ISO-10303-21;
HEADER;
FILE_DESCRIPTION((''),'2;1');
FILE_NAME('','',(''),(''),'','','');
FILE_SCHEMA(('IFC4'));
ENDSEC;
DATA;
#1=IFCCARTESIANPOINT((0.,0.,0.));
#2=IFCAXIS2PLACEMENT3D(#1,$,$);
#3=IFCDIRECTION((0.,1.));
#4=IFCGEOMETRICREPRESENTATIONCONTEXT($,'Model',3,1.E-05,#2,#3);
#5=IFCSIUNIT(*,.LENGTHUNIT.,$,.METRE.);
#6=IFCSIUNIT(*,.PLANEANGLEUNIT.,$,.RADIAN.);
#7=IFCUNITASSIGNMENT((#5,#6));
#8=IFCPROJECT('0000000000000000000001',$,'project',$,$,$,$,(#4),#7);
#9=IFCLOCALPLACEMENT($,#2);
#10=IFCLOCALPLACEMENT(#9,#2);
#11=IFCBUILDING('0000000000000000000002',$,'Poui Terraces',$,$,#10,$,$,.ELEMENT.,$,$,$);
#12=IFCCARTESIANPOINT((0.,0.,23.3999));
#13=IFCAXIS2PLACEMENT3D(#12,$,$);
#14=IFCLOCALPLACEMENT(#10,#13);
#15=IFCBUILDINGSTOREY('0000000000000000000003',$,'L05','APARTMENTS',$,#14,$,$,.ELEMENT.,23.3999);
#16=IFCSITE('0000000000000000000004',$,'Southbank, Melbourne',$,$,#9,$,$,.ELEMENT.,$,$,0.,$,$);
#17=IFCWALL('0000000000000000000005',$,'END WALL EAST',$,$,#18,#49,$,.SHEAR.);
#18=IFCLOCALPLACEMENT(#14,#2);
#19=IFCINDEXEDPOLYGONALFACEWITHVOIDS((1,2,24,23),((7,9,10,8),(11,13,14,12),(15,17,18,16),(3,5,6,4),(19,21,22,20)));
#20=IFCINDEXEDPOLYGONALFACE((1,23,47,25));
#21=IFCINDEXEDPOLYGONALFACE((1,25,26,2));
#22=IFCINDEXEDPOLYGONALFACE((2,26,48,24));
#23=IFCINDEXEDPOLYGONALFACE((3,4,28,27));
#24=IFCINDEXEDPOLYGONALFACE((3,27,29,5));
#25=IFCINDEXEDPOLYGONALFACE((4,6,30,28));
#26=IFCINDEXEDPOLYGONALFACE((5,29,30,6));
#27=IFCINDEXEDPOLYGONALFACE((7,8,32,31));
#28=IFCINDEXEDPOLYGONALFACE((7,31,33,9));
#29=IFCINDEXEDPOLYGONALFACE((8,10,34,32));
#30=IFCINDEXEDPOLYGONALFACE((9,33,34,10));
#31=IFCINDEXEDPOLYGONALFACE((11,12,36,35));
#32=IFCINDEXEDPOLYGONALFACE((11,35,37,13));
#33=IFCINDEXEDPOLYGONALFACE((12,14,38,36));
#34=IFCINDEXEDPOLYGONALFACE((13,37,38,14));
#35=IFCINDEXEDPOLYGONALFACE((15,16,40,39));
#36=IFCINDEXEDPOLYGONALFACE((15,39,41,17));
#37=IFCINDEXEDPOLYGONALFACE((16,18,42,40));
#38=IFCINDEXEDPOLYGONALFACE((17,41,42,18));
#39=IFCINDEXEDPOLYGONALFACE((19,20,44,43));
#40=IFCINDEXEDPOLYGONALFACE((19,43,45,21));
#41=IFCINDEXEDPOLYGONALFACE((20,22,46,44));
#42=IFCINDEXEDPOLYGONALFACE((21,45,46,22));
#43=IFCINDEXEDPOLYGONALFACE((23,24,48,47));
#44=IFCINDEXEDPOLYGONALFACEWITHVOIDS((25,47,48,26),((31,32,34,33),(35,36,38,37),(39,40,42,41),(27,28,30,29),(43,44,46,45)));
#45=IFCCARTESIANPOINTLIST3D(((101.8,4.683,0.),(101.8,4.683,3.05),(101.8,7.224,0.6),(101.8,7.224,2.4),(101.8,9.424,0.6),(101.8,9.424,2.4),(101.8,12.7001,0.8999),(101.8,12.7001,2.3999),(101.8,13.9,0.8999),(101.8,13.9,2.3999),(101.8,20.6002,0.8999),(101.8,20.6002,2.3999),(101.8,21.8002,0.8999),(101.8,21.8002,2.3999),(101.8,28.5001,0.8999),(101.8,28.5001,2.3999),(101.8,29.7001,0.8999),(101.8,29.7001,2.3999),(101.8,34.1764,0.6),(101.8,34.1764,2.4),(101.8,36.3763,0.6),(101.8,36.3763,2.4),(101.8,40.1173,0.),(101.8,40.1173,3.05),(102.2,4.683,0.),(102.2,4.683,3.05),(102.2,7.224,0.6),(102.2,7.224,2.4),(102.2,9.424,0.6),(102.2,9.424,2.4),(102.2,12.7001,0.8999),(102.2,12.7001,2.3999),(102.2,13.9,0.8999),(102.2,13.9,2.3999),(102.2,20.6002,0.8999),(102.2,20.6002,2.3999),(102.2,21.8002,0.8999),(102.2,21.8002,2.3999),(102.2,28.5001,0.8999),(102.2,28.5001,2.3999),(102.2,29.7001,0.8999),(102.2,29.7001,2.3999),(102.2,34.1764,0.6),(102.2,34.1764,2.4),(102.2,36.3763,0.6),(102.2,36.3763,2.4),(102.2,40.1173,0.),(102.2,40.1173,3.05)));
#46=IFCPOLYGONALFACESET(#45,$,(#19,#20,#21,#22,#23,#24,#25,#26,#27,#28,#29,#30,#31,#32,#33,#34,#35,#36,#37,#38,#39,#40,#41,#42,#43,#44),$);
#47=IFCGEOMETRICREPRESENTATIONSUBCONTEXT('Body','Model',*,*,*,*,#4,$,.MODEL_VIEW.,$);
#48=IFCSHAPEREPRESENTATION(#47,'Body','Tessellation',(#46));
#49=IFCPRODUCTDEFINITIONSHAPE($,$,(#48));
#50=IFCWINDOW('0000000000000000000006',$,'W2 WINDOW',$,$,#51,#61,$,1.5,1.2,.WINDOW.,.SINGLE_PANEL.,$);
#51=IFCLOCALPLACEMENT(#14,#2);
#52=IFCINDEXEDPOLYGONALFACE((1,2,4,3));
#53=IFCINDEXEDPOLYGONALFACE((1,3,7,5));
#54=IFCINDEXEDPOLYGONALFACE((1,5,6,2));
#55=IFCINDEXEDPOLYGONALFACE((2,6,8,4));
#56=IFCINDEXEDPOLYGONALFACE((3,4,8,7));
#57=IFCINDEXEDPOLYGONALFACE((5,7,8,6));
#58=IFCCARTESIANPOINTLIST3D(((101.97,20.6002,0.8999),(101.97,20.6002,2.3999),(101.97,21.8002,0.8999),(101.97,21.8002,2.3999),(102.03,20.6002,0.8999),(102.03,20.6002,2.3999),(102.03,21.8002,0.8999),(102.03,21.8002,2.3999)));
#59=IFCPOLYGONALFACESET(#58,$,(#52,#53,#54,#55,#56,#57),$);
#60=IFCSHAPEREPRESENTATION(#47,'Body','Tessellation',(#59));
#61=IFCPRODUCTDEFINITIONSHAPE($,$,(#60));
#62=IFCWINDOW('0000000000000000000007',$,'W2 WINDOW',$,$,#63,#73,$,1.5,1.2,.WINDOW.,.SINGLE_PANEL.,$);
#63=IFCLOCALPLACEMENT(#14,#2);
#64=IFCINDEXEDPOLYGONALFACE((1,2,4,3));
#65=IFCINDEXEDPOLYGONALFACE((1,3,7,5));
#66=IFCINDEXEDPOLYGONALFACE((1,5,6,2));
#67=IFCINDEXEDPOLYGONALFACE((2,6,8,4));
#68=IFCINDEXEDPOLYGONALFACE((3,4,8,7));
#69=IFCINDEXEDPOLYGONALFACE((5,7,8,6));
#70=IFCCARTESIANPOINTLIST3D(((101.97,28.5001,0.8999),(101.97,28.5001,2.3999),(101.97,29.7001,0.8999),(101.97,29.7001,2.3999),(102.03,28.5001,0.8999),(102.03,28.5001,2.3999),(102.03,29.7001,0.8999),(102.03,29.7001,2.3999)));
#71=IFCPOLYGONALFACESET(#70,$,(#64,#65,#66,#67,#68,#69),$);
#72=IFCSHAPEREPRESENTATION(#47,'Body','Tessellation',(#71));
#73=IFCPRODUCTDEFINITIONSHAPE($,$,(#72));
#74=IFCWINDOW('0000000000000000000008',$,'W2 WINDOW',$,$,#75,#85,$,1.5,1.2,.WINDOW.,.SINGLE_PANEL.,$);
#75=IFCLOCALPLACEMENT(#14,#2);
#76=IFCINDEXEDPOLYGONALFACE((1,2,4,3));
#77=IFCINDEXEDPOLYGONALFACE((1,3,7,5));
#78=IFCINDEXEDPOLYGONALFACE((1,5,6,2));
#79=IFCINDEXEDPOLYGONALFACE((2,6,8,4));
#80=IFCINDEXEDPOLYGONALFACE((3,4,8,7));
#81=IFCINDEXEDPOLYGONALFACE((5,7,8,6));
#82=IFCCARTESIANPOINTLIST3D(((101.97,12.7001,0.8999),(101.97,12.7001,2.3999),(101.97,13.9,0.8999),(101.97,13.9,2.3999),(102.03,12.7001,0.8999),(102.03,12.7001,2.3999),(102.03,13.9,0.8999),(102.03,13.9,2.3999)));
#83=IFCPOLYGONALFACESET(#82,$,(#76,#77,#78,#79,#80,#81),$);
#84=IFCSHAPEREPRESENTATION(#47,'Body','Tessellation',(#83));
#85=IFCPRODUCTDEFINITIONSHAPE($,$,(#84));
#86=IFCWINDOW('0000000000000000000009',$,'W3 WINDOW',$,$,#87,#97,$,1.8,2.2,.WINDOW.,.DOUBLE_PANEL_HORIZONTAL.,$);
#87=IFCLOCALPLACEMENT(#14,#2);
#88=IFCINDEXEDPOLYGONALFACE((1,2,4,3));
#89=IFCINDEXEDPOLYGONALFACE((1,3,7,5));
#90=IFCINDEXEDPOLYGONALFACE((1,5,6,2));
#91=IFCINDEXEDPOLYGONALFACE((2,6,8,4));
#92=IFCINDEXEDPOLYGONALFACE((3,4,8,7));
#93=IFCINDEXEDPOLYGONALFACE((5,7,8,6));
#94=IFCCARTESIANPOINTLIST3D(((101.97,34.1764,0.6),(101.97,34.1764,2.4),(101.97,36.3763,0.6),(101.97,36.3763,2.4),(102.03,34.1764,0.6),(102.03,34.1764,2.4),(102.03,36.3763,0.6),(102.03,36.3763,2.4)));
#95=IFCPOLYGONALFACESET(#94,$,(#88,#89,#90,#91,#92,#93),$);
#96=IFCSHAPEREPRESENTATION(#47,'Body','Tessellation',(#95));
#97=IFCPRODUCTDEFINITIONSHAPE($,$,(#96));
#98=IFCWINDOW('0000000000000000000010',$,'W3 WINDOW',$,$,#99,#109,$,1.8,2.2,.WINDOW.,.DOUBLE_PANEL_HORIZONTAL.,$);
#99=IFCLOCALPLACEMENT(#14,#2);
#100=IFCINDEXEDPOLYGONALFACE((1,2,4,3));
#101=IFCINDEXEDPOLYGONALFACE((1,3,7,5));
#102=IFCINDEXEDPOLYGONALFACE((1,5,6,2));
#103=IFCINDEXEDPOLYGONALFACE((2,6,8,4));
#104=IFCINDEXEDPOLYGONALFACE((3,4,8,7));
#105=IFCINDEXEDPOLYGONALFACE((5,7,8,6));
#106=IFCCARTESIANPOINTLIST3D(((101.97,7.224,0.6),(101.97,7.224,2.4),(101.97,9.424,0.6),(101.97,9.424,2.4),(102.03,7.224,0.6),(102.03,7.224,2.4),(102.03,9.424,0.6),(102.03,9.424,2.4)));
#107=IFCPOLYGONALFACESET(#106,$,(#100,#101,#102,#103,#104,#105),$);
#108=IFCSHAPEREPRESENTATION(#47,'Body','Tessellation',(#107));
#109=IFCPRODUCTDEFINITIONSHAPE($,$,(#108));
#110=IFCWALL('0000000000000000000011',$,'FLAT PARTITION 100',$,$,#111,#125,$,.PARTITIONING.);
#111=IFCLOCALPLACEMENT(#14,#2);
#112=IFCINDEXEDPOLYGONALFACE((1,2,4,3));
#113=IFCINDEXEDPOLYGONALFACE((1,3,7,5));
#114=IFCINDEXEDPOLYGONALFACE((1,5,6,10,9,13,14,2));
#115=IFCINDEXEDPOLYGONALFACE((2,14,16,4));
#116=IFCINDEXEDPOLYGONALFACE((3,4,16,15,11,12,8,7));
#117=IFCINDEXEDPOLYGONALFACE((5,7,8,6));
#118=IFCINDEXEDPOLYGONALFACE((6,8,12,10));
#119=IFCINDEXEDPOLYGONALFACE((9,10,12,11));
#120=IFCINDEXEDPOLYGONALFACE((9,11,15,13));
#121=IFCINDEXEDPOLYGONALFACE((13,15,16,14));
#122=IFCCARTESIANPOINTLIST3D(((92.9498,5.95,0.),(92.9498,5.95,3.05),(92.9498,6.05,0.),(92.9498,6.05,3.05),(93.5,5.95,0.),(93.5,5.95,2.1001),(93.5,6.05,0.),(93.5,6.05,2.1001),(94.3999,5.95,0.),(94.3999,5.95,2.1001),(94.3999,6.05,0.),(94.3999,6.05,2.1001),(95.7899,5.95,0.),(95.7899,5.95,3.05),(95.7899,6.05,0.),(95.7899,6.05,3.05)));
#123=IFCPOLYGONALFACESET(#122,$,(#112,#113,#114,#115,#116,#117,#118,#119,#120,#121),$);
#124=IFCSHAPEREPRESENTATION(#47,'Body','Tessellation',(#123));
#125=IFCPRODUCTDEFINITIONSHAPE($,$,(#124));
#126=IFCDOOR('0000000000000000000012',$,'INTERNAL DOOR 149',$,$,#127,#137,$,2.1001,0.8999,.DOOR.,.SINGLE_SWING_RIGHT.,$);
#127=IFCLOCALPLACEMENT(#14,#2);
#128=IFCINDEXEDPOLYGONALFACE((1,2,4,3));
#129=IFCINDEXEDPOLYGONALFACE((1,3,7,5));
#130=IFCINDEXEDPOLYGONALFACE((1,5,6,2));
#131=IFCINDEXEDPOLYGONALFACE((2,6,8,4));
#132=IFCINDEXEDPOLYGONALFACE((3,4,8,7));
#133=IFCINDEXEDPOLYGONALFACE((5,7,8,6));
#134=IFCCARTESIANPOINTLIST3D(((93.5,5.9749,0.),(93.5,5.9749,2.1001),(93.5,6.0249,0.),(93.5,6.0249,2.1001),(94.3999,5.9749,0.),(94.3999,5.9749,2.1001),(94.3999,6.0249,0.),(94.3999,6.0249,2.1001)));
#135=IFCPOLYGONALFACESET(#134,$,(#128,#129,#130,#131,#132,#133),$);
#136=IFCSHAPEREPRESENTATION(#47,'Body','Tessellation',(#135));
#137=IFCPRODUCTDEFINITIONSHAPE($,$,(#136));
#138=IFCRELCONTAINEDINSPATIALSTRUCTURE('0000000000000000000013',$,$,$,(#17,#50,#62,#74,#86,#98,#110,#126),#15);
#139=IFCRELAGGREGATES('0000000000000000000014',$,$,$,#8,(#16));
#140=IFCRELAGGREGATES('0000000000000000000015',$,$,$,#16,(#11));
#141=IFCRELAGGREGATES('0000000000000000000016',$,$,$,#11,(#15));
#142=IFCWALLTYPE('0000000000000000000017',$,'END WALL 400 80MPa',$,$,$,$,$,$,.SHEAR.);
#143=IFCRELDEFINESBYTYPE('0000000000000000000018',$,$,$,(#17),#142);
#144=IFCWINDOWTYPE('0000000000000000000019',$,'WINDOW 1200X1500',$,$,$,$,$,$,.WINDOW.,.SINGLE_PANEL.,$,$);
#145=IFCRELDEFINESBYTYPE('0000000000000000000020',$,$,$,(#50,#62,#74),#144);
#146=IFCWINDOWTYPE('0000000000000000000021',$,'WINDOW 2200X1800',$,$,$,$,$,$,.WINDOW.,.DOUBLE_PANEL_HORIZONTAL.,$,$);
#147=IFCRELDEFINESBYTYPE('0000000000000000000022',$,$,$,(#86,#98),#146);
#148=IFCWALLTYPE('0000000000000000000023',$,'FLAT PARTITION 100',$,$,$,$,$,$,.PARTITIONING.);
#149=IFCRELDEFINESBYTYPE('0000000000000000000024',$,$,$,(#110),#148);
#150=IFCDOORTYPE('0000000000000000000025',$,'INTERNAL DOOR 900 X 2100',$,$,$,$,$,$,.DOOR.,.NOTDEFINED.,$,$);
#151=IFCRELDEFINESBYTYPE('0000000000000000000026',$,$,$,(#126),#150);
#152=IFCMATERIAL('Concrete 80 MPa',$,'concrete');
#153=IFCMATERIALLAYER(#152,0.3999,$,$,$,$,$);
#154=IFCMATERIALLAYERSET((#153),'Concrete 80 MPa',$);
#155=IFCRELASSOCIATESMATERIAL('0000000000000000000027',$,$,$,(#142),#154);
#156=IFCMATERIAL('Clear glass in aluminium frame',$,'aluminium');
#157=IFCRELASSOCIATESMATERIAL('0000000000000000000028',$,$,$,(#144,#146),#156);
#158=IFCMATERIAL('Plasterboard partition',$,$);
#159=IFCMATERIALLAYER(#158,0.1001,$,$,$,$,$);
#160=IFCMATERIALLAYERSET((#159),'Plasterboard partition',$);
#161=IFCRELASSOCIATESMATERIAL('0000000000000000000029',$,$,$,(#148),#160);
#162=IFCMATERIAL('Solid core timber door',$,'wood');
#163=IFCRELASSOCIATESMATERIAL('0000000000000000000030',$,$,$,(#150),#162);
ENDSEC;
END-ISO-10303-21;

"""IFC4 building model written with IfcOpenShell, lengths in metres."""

from ifc_helpers import new_model, si_unit, direction, frame, frame_2d, origin, place, context, subcontext, project, spatial, rectangle, extrude, material, layer, layer_set, type_object, element, fill, save


model = new_model("IFC4")

# Units and contexts
model_context = context("Model", 3, precision=1e-05, world=origin(), true_north=direction((0.0, 1.0)))
body_context = subcontext(model_context, "Body", "Model", "MODEL_VIEW")
ifc_project = project(units=[si_unit("LENGTHUNIT", "METRE"), si_unit("PLANEANGLEUNIT", "RADIAN")], contexts=[model_context])

# Site, building, storey
site_placement = place(None, origin())
site = spatial("IfcSite", under=ifc_project, at=site_placement, Name="Southbank, Melbourne", CompositionType="ELEMENT", RefElevation=0.0)
building_placement = place(site_placement, origin())
building = spatial("IfcBuilding", under=site, at=building_placement, Name="Poui Terraces", CompositionType="ELEMENT")
storey_placement = place(building_placement, frame((0.0, 0.0, 23.3999)))
storey = spatial("IfcBuildingStorey", under=building, at=storey_placement, Name="L05", Description="APARTMENTS", CompositionType="ELEMENT", Elevation=23.3999)

# Shared definitions
ifc_material_1 = material(Name="Concrete 80 MPa", Category="concrete")

# Shared definitions
ifc_material_2 = material(Name="Solid core timber door", Category="wood")

# Wall, openings, windows
ifc_layer_1 = layer(ifc_material_1, 0.3999)
ifc_layer_set_1 = layer_set([ifc_layer_1], Name="Concrete 80 MPa")
wall_type_1 = type_object("IfcWallType", Name="END WALL 400 80MPa", PredefinedType="SHEAR", material=ifc_layer_set_1)
wall_1_placement = place(storey_placement, frame((102.0, 4.6829, 0.0), z_axis=(0.0, 0.0, 1.0), x_axis=(0.0, 1.0, 0.0)))
wall_1 = element("IfcWall", 1, at=wall_1_placement, inside=storey, type_object=wall_type_1, Name="END WALL EAST", PredefinedType="SHEAR", context=body_context, shape_type="SweptSolid", body=[
    extrude(rectangle(XDim=35.4343, YDim=0.3999, at=frame_2d((17.7173, 0.0))), origin(), (0.0, 0.0, 1.0), 3.05),
])
opening_1_placement = place(wall_1_placement, frame((15.9172, 0.0, 0.8999)))
opening_1 = element("IfcOpeningElement", 2, at=opening_1_placement, cuts=wall_1, PredefinedType="OPENING", context=body_context, shape_type="SweptSolid", body=[
    extrude(rectangle(XDim=1.2, YDim=1.5, at=frame_2d((0.6001, 0.75))), frame((0.0, 0.21, 0.0), z_axis=(0.0, -1.0, 0.0), x_axis=(1.0, 0.0, 0.0)), (0.0, 0.0, 1.0), 0.4199),
])
opening_2_placement = place(wall_1_placement, frame((23.8171, 0.0, 0.8999)))
opening_2 = element("IfcOpeningElement", 3, at=opening_2_placement, cuts=wall_1, PredefinedType="OPENING", context=body_context, shape_type="SweptSolid", body=[
    extrude(rectangle(XDim=1.2, YDim=1.5, at=frame_2d((0.6001, 0.75))), frame((0.0, 0.21, 0.0), z_axis=(0.0, -1.0, 0.0), x_axis=(1.0, 0.0, 0.0)), (0.0, 0.0, 1.0), 0.4199),
])
opening_3_placement = place(wall_1_placement, frame((8.0171, 0.0, 0.8999)))
opening_3 = element("IfcOpeningElement", 4, at=opening_3_placement, cuts=wall_1, PredefinedType="OPENING", context=body_context, shape_type="SweptSolid", body=[
    extrude(rectangle(XDim=1.2, YDim=1.5, at=frame_2d((0.6001, 0.75))), frame((0.0, 0.21, 0.0), z_axis=(0.0, -1.0, 0.0), x_axis=(1.0, 0.0, 0.0)), (0.0, 0.0, 1.0), 0.4199),
])
opening_4_placement = place(wall_1_placement, frame((29.4934, 0.0, 0.6001)))
opening_4 = element("IfcOpeningElement", 5, at=opening_4_placement, cuts=wall_1, PredefinedType="OPENING", context=body_context, shape_type="SweptSolid", body=[
    extrude(rectangle(XDim=2.2, YDim=1.8, at=frame_2d((1.1001, 0.8999))), frame((0.0, 0.21, 0.0), z_axis=(0.0, -1.0, 0.0), x_axis=(1.0, 0.0, 0.0)), (0.0, 0.0, 1.0), 0.4199),
])
opening_5_placement = place(wall_1_placement, frame((2.541, 0.0, 0.6001)))
opening_5 = element("IfcOpeningElement", 6, at=opening_5_placement, cuts=wall_1, PredefinedType="OPENING", context=body_context, shape_type="SweptSolid", body=[
    extrude(rectangle(XDim=2.2, YDim=1.8, at=frame_2d((1.1001, 0.8999))), frame((0.0, 0.21, 0.0), z_axis=(0.0, -1.0, 0.0), x_axis=(1.0, 0.0, 0.0)), (0.0, 0.0, 1.0), 0.4199),
])
ifc_material_3 = material(Name="Clear glass in aluminium frame", Category="aluminium")
window_type_1 = type_object("IfcWindowType", Name="WINDOW 1200X1500", PartitioningType="SINGLE_PANEL", PredefinedType="WINDOW", material=ifc_material_3)
window_1_placement = place(opening_1_placement, origin())
window_1 = element("IfcWindow", 7, at=window_1_placement, inside=storey, type_object=window_type_1, Name="W2 WINDOW", OverallHeight=1.5, OverallWidth=1.2, PartitioningType="SINGLE_PANEL", PredefinedType="WINDOW", context=body_context, shape_type="SweptSolid", body=[
    extrude(rectangle(XDim=1.2, YDim=1.5, at=frame_2d((0.6001, 0.75))), frame((0.0, 0.03, 0.0), z_axis=(0.0, -1.0, 0.0), x_axis=(1.0, 0.0, 0.0)), (0.0, 0.0, 1.0), 0.0601),
])
fill(opening_1, window_1)
window_2_placement = place(opening_2_placement, origin())
window_2 = element("IfcWindow", 8, at=window_2_placement, inside=storey, type_object=window_type_1, Name="W2 WINDOW", OverallHeight=1.5, OverallWidth=1.2, PartitioningType="SINGLE_PANEL", PredefinedType="WINDOW", context=body_context, shape_type="SweptSolid", body=[
    extrude(rectangle(XDim=1.2, YDim=1.5, at=frame_2d((0.6001, 0.75))), frame((0.0, 0.03, 0.0), z_axis=(0.0, -1.0, 0.0), x_axis=(1.0, 0.0, 0.0)), (0.0, 0.0, 1.0), 0.0601),
])
fill(opening_2, window_2)
window_3_placement = place(opening_3_placement, origin())
window_3 = element("IfcWindow", 9, at=window_3_placement, inside=storey, type_object=window_type_1, Name="W2 WINDOW", OverallHeight=1.5, OverallWidth=1.2, PartitioningType="SINGLE_PANEL", PredefinedType="WINDOW", context=body_context, shape_type="SweptSolid", body=[
    extrude(rectangle(XDim=1.2, YDim=1.5, at=frame_2d((0.6001, 0.75))), frame((0.0, 0.03, 0.0), z_axis=(0.0, -1.0, 0.0), x_axis=(1.0, 0.0, 0.0)), (0.0, 0.0, 1.0), 0.0601),
])
fill(opening_3, window_3)
window_type_2 = type_object("IfcWindowType", Name="WINDOW 2200X1800", PartitioningType="DOUBLE_PANEL_HORIZONTAL", PredefinedType="WINDOW", material=ifc_material_3)
window_4_placement = place(opening_4_placement, origin())
window_4 = element("IfcWindow", 10, at=window_4_placement, inside=storey, type_object=window_type_2, Name="W3 WINDOW", OverallHeight=1.8, OverallWidth=2.2, PartitioningType="DOUBLE_PANEL_HORIZONTAL", PredefinedType="WINDOW", context=body_context, shape_type="SweptSolid", body=[
    extrude(rectangle(XDim=2.2, YDim=1.8, at=frame_2d((1.1001, 0.8999))), frame((0.0, 0.03, 0.0), z_axis=(0.0, -1.0, 0.0), x_axis=(1.0, 0.0, 0.0)), (0.0, 0.0, 1.0), 0.0601),
])
fill(opening_4, window_4)
window_5_placement = place(opening_5_placement, origin())
window_5 = element("IfcWindow", 11, at=window_5_placement, inside=storey, type_object=window_type_2, Name="W3 WINDOW", OverallHeight=1.8, OverallWidth=2.2, PartitioningType="DOUBLE_PANEL_HORIZONTAL", PredefinedType="WINDOW", context=body_context, shape_type="SweptSolid", body=[
    extrude(rectangle(XDim=2.2, YDim=1.8, at=frame_2d((1.1001, 0.8999))), frame((0.0, 0.03, 0.0), z_axis=(0.0, -1.0, 0.0), x_axis=(1.0, 0.0, 0.0)), (0.0, 0.0, 1.0), 0.0601),
])
fill(opening_5, window_5)

# Wall, opening, door
ifc_material_4 = material(Name="Plasterboard partition")
ifc_layer_2 = layer(ifc_material_4, 0.1001)
ifc_layer_set_2 = layer_set([ifc_layer_2], Name="Plasterboard partition")
wall_type_2 = type_object("IfcWallType", Name="FLAT PARTITION 100", PredefinedType="PARTITIONING", material=ifc_layer_set_2)
wall_2_placement = place(storey_placement, frame((92.95, 6.0, 0.0), z_axis=(0.0, 0.0, 1.0), x_axis=(1.0, 0.0, 0.0)))
wall_2 = element("IfcWall", 12, at=wall_2_placement, inside=storey, type_object=wall_type_2, Name="FLAT PARTITION 100", PredefinedType="PARTITIONING", context=body_context, shape_type="SweptSolid", body=[
    extrude(rectangle(XDim=2.8401, YDim=0.1001, at=frame_2d((1.4199, 0.0))), origin(), (0.0, 0.0, 1.0), 3.05),
])
opening_6_placement = place(wall_2_placement, frame((0.55, 0.0, 0.0)))
opening_6 = element("IfcOpeningElement", 13, at=opening_6_placement, cuts=wall_2, PredefinedType="OPENING", context=body_context, shape_type="SweptSolid", body=[
    extrude(rectangle(XDim=0.8999, YDim=2.1001, at=frame_2d((0.45, 1.05))), frame((0.0, 0.0601, 0.0), z_axis=(0.0, -1.0, 0.0), x_axis=(1.0, 0.0, 0.0)), (0.0, 0.0, 1.0), 0.1201),
])
door_type_1 = type_object("IfcDoorType", Name="INTERNAL DOOR 900 X 2100", OperationType="NOTDEFINED", PredefinedType="DOOR", material=ifc_material_2)
door_1_placement = place(opening_6_placement, origin())
door_1 = element("IfcDoor", 14, at=door_1_placement, inside=storey, type_object=door_type_1, Name="INTERNAL DOOR 149", OperationType="SINGLE_SWING_RIGHT", OverallHeight=2.1001, OverallWidth=0.8999, PredefinedType="DOOR", context=body_context, shape_type="SweptSolid", body=[
    extrude(rectangle(XDim=0.8999, YDim=2.1001, at=frame_2d((0.45, 1.05))), frame((0.0, 0.0249, 0.0), z_axis=(0.0, -1.0, 0.0), x_axis=(1.0, 0.0, 0.0)), (0.0, 0.0, 1.0), 0.05),
])
fill(opening_6, door_1)

save(model, "model.ifc")
